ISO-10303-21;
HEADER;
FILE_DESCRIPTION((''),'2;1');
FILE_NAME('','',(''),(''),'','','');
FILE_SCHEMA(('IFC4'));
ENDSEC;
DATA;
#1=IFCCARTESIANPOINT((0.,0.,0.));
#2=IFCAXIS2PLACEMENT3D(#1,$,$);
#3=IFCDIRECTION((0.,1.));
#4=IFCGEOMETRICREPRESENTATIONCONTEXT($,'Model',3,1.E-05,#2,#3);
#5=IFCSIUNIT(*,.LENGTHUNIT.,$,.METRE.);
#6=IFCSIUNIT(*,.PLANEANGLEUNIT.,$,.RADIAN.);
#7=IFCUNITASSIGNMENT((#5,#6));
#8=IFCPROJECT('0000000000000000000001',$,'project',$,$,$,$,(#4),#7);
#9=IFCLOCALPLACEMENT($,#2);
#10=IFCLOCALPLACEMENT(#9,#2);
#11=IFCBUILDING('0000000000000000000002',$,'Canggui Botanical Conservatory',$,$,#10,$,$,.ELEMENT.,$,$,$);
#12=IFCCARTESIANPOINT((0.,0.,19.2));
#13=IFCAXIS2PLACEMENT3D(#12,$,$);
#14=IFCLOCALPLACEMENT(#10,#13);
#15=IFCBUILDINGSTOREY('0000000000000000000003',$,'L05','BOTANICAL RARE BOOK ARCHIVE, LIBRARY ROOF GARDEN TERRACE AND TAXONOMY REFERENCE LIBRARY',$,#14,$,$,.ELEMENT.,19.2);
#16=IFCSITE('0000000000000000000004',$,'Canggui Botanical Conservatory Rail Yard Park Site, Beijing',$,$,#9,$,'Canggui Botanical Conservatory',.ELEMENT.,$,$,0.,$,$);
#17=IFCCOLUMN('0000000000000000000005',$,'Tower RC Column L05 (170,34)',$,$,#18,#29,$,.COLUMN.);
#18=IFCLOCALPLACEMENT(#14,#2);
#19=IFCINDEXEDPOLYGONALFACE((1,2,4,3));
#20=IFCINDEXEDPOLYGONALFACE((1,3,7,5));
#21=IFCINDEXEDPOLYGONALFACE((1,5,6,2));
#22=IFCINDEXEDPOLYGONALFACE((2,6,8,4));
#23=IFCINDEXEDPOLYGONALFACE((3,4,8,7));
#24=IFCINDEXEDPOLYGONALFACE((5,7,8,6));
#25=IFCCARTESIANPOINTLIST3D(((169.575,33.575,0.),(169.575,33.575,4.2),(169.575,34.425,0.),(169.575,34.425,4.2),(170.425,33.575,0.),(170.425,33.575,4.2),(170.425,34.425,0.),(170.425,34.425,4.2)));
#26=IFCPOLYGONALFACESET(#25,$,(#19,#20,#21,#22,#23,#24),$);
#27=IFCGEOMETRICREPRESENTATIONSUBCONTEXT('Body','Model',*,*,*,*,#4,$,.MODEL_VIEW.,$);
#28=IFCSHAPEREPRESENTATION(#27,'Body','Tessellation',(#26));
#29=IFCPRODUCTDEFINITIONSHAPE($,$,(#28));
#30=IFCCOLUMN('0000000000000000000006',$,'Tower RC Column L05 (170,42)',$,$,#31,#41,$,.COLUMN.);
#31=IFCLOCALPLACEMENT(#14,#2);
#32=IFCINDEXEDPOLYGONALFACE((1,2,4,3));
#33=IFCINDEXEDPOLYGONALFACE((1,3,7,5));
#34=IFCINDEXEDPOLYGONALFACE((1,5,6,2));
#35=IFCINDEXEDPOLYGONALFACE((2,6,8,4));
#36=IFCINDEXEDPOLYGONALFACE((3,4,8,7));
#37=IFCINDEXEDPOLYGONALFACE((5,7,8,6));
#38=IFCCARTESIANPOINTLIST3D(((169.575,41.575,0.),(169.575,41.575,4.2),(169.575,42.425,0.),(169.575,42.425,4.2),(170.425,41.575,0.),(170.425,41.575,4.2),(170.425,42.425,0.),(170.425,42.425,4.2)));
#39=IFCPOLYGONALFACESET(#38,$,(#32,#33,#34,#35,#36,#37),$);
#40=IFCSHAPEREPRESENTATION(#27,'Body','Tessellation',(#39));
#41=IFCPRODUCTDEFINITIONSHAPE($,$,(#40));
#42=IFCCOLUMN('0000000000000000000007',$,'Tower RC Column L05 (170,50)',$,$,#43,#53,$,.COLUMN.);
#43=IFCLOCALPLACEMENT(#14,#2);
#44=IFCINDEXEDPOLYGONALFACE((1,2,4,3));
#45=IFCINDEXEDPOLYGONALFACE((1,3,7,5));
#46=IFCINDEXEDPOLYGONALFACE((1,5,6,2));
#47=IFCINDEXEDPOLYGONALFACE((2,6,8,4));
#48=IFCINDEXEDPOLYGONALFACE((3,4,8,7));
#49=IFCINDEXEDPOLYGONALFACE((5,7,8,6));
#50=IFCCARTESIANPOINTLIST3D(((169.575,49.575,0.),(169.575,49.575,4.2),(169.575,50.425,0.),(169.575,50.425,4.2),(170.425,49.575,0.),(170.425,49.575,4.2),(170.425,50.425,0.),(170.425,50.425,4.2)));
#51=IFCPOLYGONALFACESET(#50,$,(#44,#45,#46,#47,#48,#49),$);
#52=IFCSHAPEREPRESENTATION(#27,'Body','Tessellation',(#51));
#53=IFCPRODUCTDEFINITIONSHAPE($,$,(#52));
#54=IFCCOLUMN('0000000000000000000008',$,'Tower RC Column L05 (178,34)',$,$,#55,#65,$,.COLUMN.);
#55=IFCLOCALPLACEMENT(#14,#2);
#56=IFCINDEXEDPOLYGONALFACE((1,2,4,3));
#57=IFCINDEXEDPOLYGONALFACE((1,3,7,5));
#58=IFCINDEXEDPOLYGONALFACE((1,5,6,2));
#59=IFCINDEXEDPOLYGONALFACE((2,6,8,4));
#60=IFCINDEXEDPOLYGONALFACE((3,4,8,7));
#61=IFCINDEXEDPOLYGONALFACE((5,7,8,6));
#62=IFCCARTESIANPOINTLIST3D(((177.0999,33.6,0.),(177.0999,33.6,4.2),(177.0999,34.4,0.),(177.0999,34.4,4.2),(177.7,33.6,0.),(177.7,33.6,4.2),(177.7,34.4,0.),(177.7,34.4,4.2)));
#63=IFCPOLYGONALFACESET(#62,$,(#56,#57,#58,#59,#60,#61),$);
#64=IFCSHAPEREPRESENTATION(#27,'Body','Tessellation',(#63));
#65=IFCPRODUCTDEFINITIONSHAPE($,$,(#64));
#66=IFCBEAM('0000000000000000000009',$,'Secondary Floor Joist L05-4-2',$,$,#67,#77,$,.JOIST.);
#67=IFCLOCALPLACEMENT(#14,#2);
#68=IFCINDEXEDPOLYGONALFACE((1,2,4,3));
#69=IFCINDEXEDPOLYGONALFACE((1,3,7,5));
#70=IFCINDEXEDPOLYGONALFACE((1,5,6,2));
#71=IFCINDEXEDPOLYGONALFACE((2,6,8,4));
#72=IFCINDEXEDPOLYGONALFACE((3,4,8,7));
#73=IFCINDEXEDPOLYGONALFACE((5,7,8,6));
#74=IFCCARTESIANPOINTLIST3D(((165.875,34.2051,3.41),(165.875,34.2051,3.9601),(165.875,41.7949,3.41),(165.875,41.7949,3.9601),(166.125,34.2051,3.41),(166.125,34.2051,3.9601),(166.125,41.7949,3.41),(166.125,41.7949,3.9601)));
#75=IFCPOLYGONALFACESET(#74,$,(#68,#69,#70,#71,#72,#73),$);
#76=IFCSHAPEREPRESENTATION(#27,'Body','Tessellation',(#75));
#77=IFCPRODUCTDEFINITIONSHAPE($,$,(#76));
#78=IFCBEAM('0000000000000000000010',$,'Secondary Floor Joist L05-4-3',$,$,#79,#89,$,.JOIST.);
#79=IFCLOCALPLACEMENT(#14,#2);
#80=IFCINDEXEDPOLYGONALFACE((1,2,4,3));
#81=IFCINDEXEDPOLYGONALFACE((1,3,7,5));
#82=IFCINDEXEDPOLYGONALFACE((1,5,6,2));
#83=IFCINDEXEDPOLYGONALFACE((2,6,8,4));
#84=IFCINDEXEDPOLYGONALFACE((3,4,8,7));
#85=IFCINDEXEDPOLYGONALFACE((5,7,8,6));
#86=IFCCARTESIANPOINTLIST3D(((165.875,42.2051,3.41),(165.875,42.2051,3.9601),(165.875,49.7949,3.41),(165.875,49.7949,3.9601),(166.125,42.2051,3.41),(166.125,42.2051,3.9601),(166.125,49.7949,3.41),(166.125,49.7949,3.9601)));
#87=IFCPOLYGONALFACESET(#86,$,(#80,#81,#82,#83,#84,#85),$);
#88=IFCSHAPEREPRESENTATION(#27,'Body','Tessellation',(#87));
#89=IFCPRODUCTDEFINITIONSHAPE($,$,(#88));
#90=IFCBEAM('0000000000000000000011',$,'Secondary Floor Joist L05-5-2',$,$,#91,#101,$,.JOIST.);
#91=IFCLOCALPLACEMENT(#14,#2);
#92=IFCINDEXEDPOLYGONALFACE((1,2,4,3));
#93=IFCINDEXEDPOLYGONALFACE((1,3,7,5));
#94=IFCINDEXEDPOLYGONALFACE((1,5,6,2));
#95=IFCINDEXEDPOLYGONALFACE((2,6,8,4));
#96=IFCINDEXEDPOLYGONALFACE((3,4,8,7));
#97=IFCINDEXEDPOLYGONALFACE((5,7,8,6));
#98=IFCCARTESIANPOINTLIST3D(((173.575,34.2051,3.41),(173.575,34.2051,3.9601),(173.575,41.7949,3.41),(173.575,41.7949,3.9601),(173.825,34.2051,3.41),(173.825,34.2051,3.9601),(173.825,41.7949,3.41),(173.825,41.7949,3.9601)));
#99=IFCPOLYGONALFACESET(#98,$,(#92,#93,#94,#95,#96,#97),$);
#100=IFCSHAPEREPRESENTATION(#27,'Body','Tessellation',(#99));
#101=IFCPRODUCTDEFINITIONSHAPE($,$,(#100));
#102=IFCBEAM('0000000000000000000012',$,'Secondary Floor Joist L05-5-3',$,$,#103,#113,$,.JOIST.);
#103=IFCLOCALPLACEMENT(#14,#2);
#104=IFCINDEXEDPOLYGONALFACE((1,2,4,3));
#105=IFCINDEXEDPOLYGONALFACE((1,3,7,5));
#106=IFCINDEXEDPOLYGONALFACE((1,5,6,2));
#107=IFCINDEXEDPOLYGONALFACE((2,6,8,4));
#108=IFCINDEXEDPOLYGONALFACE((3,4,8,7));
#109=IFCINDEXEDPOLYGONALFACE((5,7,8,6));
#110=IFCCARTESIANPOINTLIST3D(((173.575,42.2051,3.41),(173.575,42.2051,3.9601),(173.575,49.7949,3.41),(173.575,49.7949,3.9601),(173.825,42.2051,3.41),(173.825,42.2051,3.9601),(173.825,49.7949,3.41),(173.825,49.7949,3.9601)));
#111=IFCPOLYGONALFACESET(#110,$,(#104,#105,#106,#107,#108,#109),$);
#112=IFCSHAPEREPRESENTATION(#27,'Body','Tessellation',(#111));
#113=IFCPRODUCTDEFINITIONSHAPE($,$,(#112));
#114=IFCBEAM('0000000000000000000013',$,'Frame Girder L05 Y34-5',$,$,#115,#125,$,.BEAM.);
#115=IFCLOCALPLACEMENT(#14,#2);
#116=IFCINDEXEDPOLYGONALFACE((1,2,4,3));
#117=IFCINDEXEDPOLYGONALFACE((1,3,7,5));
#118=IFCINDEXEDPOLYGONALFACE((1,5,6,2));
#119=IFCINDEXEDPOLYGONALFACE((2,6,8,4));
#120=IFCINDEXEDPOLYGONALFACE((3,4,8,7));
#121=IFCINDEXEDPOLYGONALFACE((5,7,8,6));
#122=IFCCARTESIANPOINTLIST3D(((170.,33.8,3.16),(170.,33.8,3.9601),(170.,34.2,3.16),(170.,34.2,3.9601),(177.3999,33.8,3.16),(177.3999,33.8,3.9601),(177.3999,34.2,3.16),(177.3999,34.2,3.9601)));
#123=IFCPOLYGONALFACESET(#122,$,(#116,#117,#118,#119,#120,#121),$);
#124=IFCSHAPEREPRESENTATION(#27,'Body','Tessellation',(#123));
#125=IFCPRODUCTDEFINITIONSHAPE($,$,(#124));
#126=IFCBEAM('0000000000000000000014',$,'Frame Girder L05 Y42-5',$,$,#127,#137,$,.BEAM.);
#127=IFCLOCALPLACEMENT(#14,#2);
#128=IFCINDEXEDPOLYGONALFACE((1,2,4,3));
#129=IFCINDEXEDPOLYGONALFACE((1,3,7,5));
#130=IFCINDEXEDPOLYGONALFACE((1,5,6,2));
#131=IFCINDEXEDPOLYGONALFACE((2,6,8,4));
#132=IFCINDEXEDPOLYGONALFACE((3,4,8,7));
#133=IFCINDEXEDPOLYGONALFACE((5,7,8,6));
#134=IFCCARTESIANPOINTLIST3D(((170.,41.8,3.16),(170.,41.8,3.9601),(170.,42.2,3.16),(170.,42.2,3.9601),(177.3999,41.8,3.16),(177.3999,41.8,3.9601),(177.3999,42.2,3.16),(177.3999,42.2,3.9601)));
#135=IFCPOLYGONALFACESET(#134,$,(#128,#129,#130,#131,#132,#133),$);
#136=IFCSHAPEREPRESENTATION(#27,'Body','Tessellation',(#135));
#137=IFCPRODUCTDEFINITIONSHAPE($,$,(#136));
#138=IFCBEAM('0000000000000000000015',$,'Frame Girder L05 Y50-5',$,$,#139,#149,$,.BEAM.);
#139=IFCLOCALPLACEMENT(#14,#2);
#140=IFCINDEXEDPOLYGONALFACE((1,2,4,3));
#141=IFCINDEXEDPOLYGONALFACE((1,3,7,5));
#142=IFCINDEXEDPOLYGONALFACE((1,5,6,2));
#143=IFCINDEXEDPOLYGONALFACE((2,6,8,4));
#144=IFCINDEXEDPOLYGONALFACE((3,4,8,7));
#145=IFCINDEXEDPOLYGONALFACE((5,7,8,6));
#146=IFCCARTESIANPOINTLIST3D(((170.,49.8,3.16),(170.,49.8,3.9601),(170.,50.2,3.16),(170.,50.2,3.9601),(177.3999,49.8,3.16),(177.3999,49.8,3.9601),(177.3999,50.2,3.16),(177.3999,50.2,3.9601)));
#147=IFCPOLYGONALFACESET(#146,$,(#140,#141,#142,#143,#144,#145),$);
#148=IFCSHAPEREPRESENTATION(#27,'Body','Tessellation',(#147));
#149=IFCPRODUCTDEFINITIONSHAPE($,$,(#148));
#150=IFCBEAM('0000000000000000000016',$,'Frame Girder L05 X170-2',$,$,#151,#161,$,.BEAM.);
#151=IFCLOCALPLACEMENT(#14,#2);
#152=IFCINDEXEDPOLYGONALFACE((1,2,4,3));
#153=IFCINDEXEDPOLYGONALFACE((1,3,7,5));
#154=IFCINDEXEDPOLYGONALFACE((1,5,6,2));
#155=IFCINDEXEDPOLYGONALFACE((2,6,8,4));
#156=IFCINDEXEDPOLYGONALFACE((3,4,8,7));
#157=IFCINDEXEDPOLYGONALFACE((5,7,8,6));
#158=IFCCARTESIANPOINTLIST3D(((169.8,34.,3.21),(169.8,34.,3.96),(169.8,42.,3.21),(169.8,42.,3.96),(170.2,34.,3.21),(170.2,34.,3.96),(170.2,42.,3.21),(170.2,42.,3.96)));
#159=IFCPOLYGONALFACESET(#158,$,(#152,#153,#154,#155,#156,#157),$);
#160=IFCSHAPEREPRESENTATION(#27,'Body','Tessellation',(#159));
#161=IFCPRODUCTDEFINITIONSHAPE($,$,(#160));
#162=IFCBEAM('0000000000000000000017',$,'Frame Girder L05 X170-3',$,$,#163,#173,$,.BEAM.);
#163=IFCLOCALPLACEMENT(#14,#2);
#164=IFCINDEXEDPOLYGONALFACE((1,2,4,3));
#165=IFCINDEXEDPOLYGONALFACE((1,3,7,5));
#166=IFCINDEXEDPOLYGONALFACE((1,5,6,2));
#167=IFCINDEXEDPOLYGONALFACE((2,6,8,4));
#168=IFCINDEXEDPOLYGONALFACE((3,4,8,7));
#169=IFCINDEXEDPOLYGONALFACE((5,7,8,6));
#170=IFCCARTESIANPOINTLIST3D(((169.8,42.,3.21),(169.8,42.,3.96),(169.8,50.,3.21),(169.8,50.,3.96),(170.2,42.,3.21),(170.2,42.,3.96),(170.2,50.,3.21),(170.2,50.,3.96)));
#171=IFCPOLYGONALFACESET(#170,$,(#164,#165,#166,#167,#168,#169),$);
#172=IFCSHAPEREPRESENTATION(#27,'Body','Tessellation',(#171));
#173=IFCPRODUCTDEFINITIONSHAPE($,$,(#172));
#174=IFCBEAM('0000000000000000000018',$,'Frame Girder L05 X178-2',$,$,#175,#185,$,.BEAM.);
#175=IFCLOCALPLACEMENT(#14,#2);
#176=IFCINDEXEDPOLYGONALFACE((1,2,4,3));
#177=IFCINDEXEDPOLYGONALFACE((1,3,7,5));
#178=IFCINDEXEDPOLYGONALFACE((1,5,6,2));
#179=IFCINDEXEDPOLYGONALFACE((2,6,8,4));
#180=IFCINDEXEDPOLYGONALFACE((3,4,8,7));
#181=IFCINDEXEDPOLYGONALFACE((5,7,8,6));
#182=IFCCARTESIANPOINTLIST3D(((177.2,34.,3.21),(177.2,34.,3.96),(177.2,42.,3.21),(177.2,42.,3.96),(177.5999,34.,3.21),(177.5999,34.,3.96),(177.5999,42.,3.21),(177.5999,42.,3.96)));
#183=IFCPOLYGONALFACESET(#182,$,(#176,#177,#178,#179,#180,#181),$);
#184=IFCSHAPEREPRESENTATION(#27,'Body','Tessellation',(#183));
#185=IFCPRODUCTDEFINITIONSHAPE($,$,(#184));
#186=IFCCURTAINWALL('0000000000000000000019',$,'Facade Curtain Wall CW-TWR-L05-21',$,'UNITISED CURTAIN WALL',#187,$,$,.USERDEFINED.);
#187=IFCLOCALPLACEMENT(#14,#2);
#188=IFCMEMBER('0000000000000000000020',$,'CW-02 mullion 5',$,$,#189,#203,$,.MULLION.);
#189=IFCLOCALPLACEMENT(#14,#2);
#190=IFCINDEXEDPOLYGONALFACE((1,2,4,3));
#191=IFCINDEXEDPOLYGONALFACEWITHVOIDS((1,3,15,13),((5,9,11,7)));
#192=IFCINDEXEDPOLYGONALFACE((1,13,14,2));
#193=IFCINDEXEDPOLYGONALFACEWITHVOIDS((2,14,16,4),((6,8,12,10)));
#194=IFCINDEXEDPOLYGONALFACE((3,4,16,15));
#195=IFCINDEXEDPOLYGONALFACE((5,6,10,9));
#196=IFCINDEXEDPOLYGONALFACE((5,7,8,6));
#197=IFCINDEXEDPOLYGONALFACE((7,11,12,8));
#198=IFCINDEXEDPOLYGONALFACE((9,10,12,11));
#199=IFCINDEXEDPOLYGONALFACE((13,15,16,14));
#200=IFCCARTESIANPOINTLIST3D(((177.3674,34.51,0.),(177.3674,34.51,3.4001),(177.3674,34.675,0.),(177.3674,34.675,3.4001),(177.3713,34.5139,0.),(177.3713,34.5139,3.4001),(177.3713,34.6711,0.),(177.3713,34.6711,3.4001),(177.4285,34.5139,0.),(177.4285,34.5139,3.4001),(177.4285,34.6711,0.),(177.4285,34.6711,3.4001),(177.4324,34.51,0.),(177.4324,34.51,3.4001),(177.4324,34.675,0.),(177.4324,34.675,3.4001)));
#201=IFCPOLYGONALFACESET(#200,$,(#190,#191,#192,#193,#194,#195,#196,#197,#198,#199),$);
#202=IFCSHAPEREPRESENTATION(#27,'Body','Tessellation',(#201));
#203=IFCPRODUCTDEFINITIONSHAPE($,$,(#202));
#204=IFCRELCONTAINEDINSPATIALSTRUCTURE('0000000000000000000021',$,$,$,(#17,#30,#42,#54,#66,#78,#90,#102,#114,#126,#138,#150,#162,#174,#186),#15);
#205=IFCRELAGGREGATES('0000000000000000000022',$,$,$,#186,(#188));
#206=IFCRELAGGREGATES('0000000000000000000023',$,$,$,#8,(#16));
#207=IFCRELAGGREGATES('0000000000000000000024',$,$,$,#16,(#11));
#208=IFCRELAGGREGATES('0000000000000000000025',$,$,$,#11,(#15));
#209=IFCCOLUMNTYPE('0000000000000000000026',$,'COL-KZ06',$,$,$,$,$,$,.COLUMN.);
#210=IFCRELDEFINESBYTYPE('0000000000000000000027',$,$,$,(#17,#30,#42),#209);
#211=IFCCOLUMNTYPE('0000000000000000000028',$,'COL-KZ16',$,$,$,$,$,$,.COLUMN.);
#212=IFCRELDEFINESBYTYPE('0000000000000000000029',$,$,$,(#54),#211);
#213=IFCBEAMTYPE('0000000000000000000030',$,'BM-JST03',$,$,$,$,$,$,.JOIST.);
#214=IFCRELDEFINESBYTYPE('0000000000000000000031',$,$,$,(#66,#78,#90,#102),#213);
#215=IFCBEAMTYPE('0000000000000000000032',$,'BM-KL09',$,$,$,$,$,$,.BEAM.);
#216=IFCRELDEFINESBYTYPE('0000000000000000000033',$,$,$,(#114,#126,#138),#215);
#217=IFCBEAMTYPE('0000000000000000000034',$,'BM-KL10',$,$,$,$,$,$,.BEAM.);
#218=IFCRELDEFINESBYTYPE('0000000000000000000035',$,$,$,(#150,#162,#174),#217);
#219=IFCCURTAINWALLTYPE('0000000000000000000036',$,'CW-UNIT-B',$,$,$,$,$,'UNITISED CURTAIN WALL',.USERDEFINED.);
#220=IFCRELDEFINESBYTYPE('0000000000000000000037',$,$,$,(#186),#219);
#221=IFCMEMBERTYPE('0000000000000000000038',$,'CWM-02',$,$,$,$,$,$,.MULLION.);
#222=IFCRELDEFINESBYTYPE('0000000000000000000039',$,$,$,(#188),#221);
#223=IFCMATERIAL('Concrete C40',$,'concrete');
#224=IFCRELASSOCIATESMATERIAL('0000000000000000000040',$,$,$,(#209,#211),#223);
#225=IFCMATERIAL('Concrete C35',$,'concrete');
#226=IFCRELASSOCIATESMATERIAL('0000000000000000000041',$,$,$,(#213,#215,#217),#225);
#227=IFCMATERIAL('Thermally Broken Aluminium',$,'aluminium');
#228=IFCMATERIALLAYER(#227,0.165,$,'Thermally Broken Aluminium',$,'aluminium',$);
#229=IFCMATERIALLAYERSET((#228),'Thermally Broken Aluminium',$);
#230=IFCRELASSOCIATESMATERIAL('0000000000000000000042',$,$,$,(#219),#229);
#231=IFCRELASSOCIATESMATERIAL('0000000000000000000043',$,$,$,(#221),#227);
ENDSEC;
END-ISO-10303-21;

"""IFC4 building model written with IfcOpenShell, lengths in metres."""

from ifc_helpers import new_model, si_unit, direction, frame, origin, origin_2d, place, context, subcontext, project, spatial, rectangle, hollow_rectangle, extrude, material, layer, layer_set, material_profile, profile_set, type_object, element, aggregate, save


model = new_model("IFC4")

# Units and contexts
model_context = context("Model", 3, precision=1e-05, world=origin(), true_north=direction((0.0, 1.0)))
body_context = subcontext(model_context, "Body", "Model", "MODEL_VIEW")
ifc_project = project(units=[si_unit("LENGTHUNIT", "METRE"), si_unit("PLANEANGLEUNIT", "RADIAN")], contexts=[model_context])

# Site, building, storey
site_placement = place(None, origin())
site = spatial("IfcSite", under=ifc_project, at=site_placement, Name="Canggui Botanical Conservatory Rail Yard Park Site, Beijing", LongName="Canggui Botanical Conservatory", CompositionType="ELEMENT", RefElevation=0.0)
building_placement = place(site_placement, origin())
building = spatial("IfcBuilding", under=site, at=building_placement, Name="Canggui Botanical Conservatory", CompositionType="ELEMENT")
storey_placement = place(building_placement, frame((0.0, 0.0, 19.2)))
storey = spatial("IfcBuildingStorey", under=building, at=storey_placement, Name="L05", Description="BOTANICAL RARE BOOK ARCHIVE, LIBRARY ROOF GARDEN TERRACE AND TAXONOMY REFERENCE LIBRARY", CompositionType="ELEMENT", Elevation=19.2)

# Columns
ifc_material_1 = material(Name="Concrete C40", Category="concrete")
ifc_material_profile_1 = material_profile(ifc_material_1, rectangle(XDim=0.8501, YDim=0.8501, at=origin_2d()), Name="RC 850x850")
ifc_profile_set_1 = profile_set([ifc_material_profile_1], Name="Concrete C40")
column_type_1 = type_object("IfcColumnType", Name="COL-KZ06", PredefinedType="COLUMN", material=ifc_profile_set_1)
for number, where, z_axis, x_axis, name in (
    (1, (170.0, 34.0, 0.0), (0.0, 0.0, 1.0), (1.0, 0.0, 0.0), "Tower RC Column L05 (170,34)"),
    (2, (170.0, 42.0, 0.0), (0.0, 0.0, 1.0), (1.0, 0.0, 0.0), "Tower RC Column L05 (170,42)"),
    (3, (170.0, 50.0, 0.0), (0.0, 0.0, 1.0), (1.0, 0.0, 0.0), "Tower RC Column L05 (170,50)"),
):
    element("IfcColumn", number, at=place(storey_placement, frame(where, z_axis=z_axis, x_axis=x_axis)), inside=storey, type_object=column_type_1, Name=name, PredefinedType="COLUMN", context=body_context, shape_type="SweptSolid", body=[
        extrude(rectangle(XDim=0.8501, YDim=0.8501, at=origin_2d()), origin(), (0.0, 0.0, 1.0), 4.2),
    ])
ifc_material_profile_2 = material_profile(ifc_material_1, rectangle(XDim=0.6001, YDim=0.8, at=origin_2d()), Name="RC 600x800")
ifc_profile_set_2 = profile_set([ifc_material_profile_2], Name="Concrete C40")
column_type_2 = type_object("IfcColumnType", Name="COL-KZ16", PredefinedType="COLUMN", material=ifc_profile_set_2)
column_placement = place(storey_placement, frame((177.3999, 34.0, 0.0), z_axis=(0.0, 0.0, 1.0), x_axis=(1.0, 0.0, 0.0)))
element("IfcColumn", 4, at=column_placement, inside=storey, type_object=column_type_2, Name="Tower RC Column L05 (178,34)", PredefinedType="COLUMN", context=body_context, shape_type="SweptSolid", body=[
    extrude(rectangle(XDim=0.6001, YDim=0.8, at=origin_2d()), origin(), (0.0, 0.0, 1.0), 4.2),
])

# Beams
ifc_material_2 = material(Name="Concrete C35", Category="concrete")
ifc_material_profile_3 = material_profile(ifc_material_2, rectangle(XDim=0.25, YDim=0.55, at=origin_2d()), Name="RB 250x550")
ifc_profile_set_3 = profile_set([ifc_material_profile_3], Name="Concrete C35")
beam_type_1 = type_object("IfcBeamType", Name="BM-JST03", PredefinedType="JOIST", material=ifc_profile_set_3)
for number, where, z_axis, x_axis, name in (
    (5, (166.0, 34.2051, 3.6851), (0.0, 1.0, 0.0), (-1.0, 0.0, 0.0), "Secondary Floor Joist L05-4-2"),
    (6, (166.0, 42.2051, 3.6851), (0.0, 1.0, 0.0), (-1.0, 0.0, 0.0), "Secondary Floor Joist L05-4-3"),
    (7, (173.7, 34.2051, 3.6851), (0.0, 1.0, 0.0), (-1.0, 0.0, 0.0), "Secondary Floor Joist L05-5-2"),
    (8, (173.7, 42.2051, 3.6851), (0.0, 1.0, 0.0), (-1.0, 0.0, 0.0), "Secondary Floor Joist L05-5-3"),
):
    element("IfcBeam", number, at=place(storey_placement, frame(where, z_axis=z_axis, x_axis=x_axis)), inside=storey, type_object=beam_type_1, Name=name, PredefinedType="JOIST", context=body_context, shape_type="SweptSolid", body=[
        extrude(rectangle(XDim=0.25, YDim=0.55, at=origin_2d()), origin(), (0.0, 0.0, 1.0), 7.5898),
    ])
ifc_material_profile_4 = material_profile(ifc_material_2, rectangle(XDim=0.3999, YDim=0.8, at=origin_2d()), Name="RB 400x800")
ifc_profile_set_4 = profile_set([ifc_material_profile_4], Name="Concrete C35")
beam_type_2 = type_object("IfcBeamType", Name="BM-KL09", PredefinedType="BEAM", material=ifc_profile_set_4)
for number, where, z_axis, x_axis, name in (
    (9, (170.0, 34.0, 3.5601), (1.0, 0.0, 0.0), (0.0, 1.0, 0.0), "Frame Girder L05 Y34-5"),
    (10, (170.0, 42.0, 3.5601), (1.0, 0.0, 0.0), (0.0, 1.0, 0.0), "Frame Girder L05 Y42-5"),
    (11, (170.0, 50.0, 3.5601), (1.0, 0.0, 0.0), (0.0, 1.0, 0.0), "Frame Girder L05 Y50-5"),
):
    element("IfcBeam", number, at=place(storey_placement, frame(where, z_axis=z_axis, x_axis=x_axis)), inside=storey, type_object=beam_type_2, Name=name, PredefinedType="BEAM", context=body_context, shape_type="SweptSolid", body=[
        extrude(rectangle(XDim=0.3999, YDim=0.8, at=origin_2d()), origin(), (0.0, 0.0, 1.0), 7.3999),
    ])
ifc_material_profile_5 = material_profile(ifc_material_2, rectangle(XDim=0.3999, YDim=0.75, at=origin_2d()), Name="RB 400x750")
ifc_profile_set_5 = profile_set([ifc_material_profile_5], Name="Concrete C35")
beam_type_3 = type_object("IfcBeamType", Name="BM-KL10", PredefinedType="BEAM", material=ifc_profile_set_5)
for number, where, z_axis, x_axis, name in (
    (12, (170.0, 34.0, 3.585), (0.0, 1.0, 0.0), (-1.0, 0.0, 0.0), "Frame Girder L05 X170-2"),
    (13, (170.0, 42.0, 3.585), (0.0, 1.0, 0.0), (-1.0, 0.0, 0.0), "Frame Girder L05 X170-3"),
    (14, (177.3999, 34.0, 3.585), (0.0, 1.0, 0.0), (-1.0, 0.0, 0.0), "Frame Girder L05 X178-2"),
):
    element("IfcBeam", number, at=place(storey_placement, frame(where, z_axis=z_axis, x_axis=x_axis)), inside=storey, type_object=beam_type_3, Name=name, PredefinedType="BEAM", context=body_context, shape_type="SweptSolid", body=[
        extrude(rectangle(XDim=0.3999, YDim=0.75, at=origin_2d()), origin(), (0.0, 0.0, 1.0), 8.0),
    ])

# Curtain wall, member
ifc_material_3 = material(Name="Thermally Broken Aluminium", Category="aluminium")
ifc_layer_1 = layer(ifc_material_3, 0.165, Name="Thermally Broken Aluminium", Category="aluminium")
ifc_layer_set_1 = layer_set([ifc_layer_1], Name="Thermally Broken Aluminium")
curtain_wall_type = type_object("IfcCurtainWallType", Name="CW-UNIT-B", ElementType="UNITISED CURTAIN WALL", PredefinedType="USERDEFINED", material=ifc_layer_set_1)
curtain_wall_placement = place(storey_placement, origin())
curtain_wall = element("IfcCurtainWall", 15, at=curtain_wall_placement, inside=storey, type_object=curtain_wall_type, Name="Facade Curtain Wall CW-TWR-L05-21", ObjectType="UNITISED CURTAIN WALL", PredefinedType="USERDEFINED")
ifc_material_profile_6 = material_profile(ifc_material_3, hollow_rectangle(XDim=0.0649, YDim=0.165, WallThickness=0.0039, at=origin_2d()), Name="CWM 65x165x4")
ifc_profile_set_6 = profile_set([ifc_material_profile_6], Name="Thermally Broken Aluminium")
member_type = type_object("IfcMemberType", Name="CWM-02", PredefinedType="MULLION", material=ifc_profile_set_6)
member_placement = place(storey_placement, frame((177.3999, 34.5925, 0.0), z_axis=(0.0, 0.0, 1.0), x_axis=(1.0, 0.0, 0.0)))
member = element("IfcMember", 16, at=member_placement, type_object=member_type, Name="CW-02 mullion 5", PredefinedType="MULLION", context=body_context, shape_type="SweptSolid", body=[
    extrude(hollow_rectangle(XDim=0.0649, YDim=0.165, WallThickness=0.0039, at=origin_2d()), origin(), (0.0, 0.0, 1.0), 3.4001),
])
aggregate(curtain_wall, [member])

save(model, "model.ifc")
